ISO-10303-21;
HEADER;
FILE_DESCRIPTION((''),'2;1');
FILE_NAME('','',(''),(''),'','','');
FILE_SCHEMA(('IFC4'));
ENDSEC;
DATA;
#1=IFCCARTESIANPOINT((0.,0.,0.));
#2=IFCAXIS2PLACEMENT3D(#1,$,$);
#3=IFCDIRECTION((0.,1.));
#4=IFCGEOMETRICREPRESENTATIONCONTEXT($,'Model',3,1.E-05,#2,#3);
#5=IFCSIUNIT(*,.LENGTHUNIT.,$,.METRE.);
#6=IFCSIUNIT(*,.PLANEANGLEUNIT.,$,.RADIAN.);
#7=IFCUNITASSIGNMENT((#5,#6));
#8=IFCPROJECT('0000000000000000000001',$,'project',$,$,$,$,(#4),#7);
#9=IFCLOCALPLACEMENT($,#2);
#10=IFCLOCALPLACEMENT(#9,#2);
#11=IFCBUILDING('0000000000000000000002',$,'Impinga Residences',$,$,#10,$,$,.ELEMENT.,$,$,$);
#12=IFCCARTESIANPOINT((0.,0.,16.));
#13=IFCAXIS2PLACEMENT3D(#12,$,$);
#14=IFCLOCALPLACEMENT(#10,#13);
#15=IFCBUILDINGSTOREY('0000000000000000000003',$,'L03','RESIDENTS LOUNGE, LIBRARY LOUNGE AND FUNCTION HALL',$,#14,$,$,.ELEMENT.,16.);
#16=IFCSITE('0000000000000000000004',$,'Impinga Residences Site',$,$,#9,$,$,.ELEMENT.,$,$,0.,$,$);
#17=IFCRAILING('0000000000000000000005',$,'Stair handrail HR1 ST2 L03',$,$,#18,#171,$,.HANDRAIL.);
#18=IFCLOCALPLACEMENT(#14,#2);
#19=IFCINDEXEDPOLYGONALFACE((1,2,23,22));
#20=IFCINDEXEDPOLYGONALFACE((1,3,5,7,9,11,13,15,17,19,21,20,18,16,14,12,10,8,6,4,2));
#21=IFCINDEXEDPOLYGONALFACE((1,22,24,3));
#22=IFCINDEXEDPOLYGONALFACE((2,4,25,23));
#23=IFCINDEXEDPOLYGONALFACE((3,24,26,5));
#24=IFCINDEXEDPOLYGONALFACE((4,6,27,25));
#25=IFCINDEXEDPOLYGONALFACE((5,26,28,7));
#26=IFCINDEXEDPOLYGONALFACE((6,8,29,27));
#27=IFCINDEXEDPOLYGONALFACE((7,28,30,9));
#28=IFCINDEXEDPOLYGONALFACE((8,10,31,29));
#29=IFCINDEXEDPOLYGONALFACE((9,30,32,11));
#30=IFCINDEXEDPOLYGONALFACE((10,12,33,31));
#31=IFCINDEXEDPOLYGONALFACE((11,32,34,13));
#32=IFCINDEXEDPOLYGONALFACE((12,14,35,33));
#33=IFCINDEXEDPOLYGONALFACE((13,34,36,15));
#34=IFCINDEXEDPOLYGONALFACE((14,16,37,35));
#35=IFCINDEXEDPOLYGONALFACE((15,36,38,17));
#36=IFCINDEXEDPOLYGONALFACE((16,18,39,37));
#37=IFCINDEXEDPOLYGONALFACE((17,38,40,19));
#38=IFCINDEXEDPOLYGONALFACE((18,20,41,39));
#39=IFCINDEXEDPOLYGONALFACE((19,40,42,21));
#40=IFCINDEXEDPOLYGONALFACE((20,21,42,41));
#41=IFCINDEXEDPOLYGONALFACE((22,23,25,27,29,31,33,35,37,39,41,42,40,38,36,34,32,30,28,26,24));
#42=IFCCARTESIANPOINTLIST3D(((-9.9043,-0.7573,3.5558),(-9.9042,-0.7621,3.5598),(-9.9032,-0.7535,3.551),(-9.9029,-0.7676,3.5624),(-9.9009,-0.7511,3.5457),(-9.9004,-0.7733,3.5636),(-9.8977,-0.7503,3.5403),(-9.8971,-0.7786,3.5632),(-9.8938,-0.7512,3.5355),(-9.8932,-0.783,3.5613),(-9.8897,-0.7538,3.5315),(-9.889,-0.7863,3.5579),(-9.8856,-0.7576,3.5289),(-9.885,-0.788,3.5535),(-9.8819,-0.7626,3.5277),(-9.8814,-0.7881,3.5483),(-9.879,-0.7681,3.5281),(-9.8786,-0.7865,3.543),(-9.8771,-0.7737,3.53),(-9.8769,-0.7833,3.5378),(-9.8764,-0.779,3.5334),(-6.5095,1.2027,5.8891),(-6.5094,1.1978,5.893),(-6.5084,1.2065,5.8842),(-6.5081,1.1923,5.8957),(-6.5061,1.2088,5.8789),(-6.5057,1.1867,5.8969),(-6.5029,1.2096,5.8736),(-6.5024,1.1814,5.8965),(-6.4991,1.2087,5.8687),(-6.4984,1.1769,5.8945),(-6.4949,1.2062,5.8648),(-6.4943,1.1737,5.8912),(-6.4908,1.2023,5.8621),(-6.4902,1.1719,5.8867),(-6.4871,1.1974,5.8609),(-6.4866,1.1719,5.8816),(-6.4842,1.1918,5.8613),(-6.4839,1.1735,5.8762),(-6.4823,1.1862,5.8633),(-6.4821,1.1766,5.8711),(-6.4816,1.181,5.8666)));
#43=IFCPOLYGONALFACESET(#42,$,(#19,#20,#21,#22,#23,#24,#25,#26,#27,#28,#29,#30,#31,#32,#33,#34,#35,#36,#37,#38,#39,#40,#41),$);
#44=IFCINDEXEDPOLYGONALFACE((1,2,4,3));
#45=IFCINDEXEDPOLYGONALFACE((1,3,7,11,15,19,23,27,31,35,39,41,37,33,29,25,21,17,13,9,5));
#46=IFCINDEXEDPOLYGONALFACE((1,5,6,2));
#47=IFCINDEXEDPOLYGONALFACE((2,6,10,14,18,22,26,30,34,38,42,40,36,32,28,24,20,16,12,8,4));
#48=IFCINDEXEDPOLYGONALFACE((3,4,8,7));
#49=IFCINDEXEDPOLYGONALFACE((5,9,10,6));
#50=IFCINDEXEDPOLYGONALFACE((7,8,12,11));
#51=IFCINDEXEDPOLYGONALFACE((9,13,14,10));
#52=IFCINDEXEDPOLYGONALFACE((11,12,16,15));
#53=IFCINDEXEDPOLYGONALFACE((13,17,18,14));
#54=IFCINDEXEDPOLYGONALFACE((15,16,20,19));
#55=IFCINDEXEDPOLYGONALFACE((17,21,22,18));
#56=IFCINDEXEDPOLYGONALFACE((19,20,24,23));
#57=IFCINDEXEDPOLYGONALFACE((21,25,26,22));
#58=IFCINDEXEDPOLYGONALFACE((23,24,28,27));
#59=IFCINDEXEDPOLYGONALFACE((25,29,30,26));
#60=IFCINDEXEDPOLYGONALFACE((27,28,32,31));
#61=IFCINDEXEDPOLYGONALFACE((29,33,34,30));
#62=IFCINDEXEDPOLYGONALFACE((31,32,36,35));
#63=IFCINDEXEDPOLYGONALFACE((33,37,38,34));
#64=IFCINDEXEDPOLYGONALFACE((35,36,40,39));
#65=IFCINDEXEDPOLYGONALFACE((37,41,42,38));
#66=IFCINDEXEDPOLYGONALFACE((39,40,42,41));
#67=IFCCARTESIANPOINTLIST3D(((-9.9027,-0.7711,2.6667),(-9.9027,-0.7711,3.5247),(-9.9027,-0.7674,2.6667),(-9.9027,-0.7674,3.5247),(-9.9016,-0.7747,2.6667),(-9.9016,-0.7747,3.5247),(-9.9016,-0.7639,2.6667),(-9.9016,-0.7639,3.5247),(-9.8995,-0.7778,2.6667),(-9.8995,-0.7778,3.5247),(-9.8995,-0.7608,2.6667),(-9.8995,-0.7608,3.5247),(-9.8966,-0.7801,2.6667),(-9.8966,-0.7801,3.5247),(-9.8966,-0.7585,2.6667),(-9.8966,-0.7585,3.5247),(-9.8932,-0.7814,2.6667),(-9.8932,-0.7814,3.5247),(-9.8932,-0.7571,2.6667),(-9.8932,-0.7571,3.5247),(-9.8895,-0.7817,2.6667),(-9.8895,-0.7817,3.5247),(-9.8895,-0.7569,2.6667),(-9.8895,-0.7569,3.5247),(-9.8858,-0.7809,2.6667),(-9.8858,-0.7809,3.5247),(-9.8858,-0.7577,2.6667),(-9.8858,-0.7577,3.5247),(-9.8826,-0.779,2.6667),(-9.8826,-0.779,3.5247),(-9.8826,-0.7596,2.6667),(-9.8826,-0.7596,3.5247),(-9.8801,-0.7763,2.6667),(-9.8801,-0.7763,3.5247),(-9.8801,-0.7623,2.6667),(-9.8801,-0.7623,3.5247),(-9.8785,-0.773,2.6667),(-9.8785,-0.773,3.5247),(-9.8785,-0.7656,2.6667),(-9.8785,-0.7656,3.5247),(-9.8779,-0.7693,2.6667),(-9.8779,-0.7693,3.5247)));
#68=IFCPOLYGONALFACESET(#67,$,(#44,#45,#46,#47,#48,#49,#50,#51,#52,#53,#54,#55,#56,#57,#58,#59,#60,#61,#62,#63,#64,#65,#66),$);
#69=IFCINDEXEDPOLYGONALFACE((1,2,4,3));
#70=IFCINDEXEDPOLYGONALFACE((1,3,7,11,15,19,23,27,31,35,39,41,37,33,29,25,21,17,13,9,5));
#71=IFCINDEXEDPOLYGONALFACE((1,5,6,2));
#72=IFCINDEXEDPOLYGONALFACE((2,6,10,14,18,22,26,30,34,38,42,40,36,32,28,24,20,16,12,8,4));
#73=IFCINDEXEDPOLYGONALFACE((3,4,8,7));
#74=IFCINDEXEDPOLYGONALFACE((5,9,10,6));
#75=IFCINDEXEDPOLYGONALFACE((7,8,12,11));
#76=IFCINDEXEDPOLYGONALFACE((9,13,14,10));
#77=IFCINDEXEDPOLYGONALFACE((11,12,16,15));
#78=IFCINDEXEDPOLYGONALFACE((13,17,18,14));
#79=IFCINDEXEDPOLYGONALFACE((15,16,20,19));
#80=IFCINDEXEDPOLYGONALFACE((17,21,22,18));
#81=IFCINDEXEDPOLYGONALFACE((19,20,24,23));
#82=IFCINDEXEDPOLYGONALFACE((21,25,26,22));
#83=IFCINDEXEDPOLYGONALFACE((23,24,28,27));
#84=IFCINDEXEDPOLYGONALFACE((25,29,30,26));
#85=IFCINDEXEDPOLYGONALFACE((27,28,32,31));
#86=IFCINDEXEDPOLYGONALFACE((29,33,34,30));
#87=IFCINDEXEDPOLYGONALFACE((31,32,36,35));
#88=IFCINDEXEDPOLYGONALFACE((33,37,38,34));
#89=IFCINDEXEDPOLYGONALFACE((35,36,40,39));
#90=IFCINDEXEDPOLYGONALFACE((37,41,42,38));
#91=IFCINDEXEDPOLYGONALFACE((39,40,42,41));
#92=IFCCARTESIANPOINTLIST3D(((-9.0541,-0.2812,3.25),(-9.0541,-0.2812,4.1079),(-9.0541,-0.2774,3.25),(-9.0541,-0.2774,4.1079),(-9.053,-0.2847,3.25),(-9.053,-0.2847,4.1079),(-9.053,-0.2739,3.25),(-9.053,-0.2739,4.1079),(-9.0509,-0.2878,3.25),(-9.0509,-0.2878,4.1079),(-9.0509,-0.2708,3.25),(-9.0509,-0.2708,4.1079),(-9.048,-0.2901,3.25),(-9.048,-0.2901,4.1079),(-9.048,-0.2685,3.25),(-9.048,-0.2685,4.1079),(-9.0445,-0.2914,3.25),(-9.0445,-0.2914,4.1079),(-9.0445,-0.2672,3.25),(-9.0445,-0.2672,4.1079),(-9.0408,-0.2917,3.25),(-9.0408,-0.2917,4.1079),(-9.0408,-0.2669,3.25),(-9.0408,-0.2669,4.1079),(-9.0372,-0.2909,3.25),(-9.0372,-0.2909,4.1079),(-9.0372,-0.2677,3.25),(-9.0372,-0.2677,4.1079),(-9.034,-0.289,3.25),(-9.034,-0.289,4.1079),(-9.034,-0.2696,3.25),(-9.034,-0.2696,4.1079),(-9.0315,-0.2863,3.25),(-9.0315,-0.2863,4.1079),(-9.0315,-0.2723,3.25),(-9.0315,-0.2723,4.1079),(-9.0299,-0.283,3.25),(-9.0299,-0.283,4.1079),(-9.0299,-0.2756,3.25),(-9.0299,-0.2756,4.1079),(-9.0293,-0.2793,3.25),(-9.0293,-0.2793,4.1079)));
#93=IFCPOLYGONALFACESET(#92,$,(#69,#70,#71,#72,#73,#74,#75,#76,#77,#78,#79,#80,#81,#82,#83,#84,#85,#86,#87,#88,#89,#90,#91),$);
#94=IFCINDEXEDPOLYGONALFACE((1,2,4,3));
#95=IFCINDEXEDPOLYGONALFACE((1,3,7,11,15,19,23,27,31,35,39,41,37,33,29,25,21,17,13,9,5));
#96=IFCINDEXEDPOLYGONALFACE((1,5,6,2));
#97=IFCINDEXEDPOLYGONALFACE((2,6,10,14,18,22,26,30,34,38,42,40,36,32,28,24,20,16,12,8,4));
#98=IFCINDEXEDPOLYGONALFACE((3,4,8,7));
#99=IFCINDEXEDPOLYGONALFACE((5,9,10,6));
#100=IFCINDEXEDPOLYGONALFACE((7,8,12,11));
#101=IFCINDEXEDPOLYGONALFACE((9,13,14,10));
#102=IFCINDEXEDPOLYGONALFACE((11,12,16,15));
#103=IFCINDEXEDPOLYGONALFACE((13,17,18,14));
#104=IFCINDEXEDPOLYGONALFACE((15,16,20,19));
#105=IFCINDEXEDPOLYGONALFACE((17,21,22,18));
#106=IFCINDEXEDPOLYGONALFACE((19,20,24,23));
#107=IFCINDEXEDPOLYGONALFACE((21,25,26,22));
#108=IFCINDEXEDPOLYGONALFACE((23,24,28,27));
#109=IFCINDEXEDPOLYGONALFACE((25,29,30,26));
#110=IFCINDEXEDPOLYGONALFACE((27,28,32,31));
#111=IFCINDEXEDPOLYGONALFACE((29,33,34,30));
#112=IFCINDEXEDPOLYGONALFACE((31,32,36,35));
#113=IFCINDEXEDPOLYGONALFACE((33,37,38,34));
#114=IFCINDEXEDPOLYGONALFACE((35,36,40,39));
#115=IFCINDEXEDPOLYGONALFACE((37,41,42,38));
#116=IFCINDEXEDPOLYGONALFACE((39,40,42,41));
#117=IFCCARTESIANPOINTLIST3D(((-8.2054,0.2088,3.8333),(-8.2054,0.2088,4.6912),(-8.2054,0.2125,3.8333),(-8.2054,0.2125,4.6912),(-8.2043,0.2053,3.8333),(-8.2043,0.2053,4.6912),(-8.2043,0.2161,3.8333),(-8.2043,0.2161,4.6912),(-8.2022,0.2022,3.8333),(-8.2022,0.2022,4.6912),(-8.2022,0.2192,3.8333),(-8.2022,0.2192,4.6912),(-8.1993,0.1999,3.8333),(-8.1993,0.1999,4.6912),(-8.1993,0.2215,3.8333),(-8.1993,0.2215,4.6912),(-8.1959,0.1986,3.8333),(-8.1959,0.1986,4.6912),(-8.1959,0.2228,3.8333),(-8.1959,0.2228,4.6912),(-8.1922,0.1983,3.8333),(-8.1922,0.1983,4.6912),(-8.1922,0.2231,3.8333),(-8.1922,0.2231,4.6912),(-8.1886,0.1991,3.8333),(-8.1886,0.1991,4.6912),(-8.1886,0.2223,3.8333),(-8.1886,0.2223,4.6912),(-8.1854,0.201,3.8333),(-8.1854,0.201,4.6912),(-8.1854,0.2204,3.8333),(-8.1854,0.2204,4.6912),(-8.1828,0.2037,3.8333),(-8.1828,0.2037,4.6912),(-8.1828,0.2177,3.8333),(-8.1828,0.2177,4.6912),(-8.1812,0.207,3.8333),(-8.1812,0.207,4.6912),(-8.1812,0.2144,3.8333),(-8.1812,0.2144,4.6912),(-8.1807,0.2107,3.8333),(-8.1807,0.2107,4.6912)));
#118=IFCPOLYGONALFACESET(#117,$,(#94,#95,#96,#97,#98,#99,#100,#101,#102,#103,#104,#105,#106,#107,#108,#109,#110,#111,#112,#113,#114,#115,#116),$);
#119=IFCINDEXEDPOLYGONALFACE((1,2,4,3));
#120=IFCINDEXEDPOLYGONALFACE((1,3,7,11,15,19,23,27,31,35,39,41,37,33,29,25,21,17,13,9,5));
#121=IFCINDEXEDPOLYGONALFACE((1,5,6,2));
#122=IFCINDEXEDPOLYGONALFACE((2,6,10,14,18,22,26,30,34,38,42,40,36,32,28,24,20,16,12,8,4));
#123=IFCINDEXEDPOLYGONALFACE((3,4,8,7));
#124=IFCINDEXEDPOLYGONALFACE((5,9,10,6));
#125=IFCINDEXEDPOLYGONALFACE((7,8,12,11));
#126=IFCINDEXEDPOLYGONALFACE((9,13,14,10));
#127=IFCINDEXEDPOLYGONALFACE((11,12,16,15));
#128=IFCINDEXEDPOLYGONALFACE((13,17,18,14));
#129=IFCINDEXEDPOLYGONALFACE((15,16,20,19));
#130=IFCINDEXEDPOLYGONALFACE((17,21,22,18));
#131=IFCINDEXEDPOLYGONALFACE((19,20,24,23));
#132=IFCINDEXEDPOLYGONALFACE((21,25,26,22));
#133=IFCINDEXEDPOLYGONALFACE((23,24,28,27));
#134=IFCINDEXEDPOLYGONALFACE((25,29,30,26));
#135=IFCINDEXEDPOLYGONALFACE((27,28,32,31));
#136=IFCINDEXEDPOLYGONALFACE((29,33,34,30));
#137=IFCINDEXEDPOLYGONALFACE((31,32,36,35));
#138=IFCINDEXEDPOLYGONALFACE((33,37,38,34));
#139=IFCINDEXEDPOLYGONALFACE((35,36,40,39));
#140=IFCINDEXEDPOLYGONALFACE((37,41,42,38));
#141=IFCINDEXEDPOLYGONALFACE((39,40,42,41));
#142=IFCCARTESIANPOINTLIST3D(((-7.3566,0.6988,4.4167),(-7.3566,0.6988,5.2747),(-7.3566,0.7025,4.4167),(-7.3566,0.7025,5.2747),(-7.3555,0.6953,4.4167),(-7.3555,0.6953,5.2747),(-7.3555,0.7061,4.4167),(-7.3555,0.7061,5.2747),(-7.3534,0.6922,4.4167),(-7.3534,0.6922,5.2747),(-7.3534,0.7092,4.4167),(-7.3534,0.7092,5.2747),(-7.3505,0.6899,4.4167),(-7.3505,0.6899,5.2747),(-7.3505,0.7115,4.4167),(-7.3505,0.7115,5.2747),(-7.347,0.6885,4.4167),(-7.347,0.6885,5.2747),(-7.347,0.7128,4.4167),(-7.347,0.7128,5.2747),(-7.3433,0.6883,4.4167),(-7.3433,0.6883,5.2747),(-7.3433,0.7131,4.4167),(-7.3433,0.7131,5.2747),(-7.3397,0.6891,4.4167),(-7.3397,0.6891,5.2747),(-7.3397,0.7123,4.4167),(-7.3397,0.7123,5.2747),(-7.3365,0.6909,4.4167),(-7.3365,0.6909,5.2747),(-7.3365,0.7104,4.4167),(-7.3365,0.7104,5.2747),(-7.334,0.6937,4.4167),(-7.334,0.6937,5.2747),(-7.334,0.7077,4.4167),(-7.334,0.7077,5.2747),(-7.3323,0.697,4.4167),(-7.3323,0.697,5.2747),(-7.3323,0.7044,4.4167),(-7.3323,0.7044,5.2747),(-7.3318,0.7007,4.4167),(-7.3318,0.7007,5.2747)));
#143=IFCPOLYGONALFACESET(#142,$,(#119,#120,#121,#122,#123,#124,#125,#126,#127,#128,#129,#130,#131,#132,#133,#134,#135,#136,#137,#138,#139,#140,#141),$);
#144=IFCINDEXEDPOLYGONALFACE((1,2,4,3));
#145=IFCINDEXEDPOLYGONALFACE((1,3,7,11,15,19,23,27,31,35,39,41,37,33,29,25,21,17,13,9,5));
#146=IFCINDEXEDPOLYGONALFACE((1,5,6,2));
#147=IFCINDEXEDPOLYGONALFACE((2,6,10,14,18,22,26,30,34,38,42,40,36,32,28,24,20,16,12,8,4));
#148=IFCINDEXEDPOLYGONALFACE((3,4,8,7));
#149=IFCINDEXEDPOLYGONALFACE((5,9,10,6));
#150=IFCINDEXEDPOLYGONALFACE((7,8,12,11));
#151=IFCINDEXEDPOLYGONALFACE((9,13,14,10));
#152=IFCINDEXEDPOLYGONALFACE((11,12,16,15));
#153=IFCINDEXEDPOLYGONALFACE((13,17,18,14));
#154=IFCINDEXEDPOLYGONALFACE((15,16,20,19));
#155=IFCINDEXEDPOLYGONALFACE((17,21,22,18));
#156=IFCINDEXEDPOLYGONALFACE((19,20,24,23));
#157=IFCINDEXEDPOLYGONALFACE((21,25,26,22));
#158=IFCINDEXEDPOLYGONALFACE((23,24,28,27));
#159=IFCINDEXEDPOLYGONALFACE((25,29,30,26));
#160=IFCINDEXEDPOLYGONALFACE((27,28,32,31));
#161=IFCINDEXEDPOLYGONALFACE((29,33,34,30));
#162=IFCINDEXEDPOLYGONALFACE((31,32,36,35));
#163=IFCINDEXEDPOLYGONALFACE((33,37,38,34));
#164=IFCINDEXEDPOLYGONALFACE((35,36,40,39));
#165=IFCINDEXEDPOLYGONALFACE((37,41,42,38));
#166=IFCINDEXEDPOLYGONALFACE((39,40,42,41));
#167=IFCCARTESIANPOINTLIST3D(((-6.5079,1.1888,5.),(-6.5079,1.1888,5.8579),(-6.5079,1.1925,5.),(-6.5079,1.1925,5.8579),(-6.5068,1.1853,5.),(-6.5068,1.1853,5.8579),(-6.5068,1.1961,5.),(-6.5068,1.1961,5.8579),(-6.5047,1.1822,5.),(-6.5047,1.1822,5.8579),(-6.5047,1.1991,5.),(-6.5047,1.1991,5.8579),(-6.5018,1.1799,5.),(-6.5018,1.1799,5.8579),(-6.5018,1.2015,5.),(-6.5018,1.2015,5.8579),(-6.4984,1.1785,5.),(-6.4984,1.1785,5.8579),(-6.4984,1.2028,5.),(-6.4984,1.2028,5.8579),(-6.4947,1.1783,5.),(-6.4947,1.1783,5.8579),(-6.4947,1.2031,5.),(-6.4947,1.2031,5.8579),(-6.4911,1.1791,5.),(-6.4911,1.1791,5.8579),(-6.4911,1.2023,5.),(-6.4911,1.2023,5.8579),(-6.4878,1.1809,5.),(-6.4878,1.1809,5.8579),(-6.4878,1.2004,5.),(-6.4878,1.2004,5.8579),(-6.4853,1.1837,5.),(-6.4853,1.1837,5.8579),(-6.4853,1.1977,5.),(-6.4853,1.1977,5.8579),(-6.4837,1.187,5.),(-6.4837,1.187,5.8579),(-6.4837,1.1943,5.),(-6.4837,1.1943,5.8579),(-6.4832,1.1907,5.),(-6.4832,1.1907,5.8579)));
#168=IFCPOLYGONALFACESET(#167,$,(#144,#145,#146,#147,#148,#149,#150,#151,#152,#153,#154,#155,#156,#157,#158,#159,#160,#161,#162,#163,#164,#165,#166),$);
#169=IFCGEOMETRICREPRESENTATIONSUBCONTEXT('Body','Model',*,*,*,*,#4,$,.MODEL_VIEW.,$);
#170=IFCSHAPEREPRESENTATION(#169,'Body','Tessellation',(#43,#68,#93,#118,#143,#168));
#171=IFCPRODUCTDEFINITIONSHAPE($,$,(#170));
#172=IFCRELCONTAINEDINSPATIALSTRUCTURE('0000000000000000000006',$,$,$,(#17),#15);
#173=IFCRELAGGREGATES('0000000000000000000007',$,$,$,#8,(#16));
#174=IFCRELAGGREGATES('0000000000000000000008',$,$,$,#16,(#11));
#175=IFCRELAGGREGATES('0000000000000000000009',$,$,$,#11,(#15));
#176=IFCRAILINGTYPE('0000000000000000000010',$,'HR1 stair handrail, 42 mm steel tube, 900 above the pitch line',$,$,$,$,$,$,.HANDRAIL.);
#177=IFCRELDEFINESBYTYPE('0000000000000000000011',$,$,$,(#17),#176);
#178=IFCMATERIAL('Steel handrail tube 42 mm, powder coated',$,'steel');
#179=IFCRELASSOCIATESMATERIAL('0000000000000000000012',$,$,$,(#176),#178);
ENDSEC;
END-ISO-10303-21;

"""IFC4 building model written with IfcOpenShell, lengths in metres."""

from ifc_helpers import new_model, si_unit, direction, frame, origin, origin_2d, place, context, subcontext, project, spatial, circle, extrude, material, type_object, element, save


model = new_model("IFC4")

# Units and contexts
model_context = context("Model", 3, precision=1e-05, world=origin(), true_north=direction((0.0, 1.0)))
body_context = subcontext(model_context, "Body", "Model", "MODEL_VIEW")
ifc_project = project(units=[si_unit("LENGTHUNIT", "METRE"), si_unit("PLANEANGLEUNIT", "RADIAN")], contexts=[model_context])

# Site, building, storey
site_placement = place(None, origin())
site = spatial("IfcSite", under=ifc_project, at=site_placement, Name="Impinga Residences Site", CompositionType="ELEMENT", RefElevation=0.0)
building_placement = place(site_placement, origin())
building = spatial("IfcBuilding", under=site, at=building_placement, Name="Impinga Residences", CompositionType="ELEMENT")
storey_placement = place(building_placement, frame((0.0, 0.0, 16.0)))
storey = spatial("IfcBuildingStorey", under=building, at=storey_placement, Name="L03", Description="RESIDENTS LOUNGE, LIBRARY LOUNGE AND FUNCTION HALL", CompositionType="ELEMENT", Elevation=16.0)

# Railing
ifc_material_1 = material(Name="Steel handrail tube 42 mm, powder coated", Category="steel")
railing_type_1 = type_object("IfcRailingType", Name="HR1 stair handrail, 42 mm steel tube, 900 above the pitch line", PredefinedType="HANDRAIL", material=ifc_material_1)
railing_1_placement = place(storey_placement, frame((-9.8904, -0.7693, 2.6667)))
element("IfcRailing", 1, at=railing_1_placement, inside=storey, type_object=railing_type_1, Name="Stair handrail HR1 ST2 L03", PredefinedType="HANDRAIL", context=body_context, shape_type="SweptSolid", body=[
    extrude(circle(Radius=0.021, at=origin_2d()), frame((0.0, 0.0, 0.8789), z_axis=(0.744175, 0.429646, 0.511476), x_axis=(-0.499997, 0.866027, 0.0)), (0.0, 0.0, 1.0), 4.5618),
    extrude(circle(Radius=0.0125, at=origin_2d()), origin(), (0.0, 0.0, 1.0), 0.8579),
    extrude(circle(Radius=0.0125, at=origin_2d()), frame((0.8486, 0.49, 0.5833)), (0.0, 0.0, 1.0), 0.8579),
    extrude(circle(Radius=0.0125, at=origin_2d()), frame((1.6973, 0.98, 1.1665)), (0.0, 0.0, 1.0), 0.8579),
    extrude(circle(Radius=0.0125, at=origin_2d()), frame((2.5461, 1.47, 1.75)), (0.0, 0.0, 1.0), 0.8579),
    extrude(circle(Radius=0.0125, at=origin_2d()), frame((3.3948, 1.96, 2.3333)), (0.0, 0.0, 1.0), 0.8579),
])

save(model, "model.ifc")
